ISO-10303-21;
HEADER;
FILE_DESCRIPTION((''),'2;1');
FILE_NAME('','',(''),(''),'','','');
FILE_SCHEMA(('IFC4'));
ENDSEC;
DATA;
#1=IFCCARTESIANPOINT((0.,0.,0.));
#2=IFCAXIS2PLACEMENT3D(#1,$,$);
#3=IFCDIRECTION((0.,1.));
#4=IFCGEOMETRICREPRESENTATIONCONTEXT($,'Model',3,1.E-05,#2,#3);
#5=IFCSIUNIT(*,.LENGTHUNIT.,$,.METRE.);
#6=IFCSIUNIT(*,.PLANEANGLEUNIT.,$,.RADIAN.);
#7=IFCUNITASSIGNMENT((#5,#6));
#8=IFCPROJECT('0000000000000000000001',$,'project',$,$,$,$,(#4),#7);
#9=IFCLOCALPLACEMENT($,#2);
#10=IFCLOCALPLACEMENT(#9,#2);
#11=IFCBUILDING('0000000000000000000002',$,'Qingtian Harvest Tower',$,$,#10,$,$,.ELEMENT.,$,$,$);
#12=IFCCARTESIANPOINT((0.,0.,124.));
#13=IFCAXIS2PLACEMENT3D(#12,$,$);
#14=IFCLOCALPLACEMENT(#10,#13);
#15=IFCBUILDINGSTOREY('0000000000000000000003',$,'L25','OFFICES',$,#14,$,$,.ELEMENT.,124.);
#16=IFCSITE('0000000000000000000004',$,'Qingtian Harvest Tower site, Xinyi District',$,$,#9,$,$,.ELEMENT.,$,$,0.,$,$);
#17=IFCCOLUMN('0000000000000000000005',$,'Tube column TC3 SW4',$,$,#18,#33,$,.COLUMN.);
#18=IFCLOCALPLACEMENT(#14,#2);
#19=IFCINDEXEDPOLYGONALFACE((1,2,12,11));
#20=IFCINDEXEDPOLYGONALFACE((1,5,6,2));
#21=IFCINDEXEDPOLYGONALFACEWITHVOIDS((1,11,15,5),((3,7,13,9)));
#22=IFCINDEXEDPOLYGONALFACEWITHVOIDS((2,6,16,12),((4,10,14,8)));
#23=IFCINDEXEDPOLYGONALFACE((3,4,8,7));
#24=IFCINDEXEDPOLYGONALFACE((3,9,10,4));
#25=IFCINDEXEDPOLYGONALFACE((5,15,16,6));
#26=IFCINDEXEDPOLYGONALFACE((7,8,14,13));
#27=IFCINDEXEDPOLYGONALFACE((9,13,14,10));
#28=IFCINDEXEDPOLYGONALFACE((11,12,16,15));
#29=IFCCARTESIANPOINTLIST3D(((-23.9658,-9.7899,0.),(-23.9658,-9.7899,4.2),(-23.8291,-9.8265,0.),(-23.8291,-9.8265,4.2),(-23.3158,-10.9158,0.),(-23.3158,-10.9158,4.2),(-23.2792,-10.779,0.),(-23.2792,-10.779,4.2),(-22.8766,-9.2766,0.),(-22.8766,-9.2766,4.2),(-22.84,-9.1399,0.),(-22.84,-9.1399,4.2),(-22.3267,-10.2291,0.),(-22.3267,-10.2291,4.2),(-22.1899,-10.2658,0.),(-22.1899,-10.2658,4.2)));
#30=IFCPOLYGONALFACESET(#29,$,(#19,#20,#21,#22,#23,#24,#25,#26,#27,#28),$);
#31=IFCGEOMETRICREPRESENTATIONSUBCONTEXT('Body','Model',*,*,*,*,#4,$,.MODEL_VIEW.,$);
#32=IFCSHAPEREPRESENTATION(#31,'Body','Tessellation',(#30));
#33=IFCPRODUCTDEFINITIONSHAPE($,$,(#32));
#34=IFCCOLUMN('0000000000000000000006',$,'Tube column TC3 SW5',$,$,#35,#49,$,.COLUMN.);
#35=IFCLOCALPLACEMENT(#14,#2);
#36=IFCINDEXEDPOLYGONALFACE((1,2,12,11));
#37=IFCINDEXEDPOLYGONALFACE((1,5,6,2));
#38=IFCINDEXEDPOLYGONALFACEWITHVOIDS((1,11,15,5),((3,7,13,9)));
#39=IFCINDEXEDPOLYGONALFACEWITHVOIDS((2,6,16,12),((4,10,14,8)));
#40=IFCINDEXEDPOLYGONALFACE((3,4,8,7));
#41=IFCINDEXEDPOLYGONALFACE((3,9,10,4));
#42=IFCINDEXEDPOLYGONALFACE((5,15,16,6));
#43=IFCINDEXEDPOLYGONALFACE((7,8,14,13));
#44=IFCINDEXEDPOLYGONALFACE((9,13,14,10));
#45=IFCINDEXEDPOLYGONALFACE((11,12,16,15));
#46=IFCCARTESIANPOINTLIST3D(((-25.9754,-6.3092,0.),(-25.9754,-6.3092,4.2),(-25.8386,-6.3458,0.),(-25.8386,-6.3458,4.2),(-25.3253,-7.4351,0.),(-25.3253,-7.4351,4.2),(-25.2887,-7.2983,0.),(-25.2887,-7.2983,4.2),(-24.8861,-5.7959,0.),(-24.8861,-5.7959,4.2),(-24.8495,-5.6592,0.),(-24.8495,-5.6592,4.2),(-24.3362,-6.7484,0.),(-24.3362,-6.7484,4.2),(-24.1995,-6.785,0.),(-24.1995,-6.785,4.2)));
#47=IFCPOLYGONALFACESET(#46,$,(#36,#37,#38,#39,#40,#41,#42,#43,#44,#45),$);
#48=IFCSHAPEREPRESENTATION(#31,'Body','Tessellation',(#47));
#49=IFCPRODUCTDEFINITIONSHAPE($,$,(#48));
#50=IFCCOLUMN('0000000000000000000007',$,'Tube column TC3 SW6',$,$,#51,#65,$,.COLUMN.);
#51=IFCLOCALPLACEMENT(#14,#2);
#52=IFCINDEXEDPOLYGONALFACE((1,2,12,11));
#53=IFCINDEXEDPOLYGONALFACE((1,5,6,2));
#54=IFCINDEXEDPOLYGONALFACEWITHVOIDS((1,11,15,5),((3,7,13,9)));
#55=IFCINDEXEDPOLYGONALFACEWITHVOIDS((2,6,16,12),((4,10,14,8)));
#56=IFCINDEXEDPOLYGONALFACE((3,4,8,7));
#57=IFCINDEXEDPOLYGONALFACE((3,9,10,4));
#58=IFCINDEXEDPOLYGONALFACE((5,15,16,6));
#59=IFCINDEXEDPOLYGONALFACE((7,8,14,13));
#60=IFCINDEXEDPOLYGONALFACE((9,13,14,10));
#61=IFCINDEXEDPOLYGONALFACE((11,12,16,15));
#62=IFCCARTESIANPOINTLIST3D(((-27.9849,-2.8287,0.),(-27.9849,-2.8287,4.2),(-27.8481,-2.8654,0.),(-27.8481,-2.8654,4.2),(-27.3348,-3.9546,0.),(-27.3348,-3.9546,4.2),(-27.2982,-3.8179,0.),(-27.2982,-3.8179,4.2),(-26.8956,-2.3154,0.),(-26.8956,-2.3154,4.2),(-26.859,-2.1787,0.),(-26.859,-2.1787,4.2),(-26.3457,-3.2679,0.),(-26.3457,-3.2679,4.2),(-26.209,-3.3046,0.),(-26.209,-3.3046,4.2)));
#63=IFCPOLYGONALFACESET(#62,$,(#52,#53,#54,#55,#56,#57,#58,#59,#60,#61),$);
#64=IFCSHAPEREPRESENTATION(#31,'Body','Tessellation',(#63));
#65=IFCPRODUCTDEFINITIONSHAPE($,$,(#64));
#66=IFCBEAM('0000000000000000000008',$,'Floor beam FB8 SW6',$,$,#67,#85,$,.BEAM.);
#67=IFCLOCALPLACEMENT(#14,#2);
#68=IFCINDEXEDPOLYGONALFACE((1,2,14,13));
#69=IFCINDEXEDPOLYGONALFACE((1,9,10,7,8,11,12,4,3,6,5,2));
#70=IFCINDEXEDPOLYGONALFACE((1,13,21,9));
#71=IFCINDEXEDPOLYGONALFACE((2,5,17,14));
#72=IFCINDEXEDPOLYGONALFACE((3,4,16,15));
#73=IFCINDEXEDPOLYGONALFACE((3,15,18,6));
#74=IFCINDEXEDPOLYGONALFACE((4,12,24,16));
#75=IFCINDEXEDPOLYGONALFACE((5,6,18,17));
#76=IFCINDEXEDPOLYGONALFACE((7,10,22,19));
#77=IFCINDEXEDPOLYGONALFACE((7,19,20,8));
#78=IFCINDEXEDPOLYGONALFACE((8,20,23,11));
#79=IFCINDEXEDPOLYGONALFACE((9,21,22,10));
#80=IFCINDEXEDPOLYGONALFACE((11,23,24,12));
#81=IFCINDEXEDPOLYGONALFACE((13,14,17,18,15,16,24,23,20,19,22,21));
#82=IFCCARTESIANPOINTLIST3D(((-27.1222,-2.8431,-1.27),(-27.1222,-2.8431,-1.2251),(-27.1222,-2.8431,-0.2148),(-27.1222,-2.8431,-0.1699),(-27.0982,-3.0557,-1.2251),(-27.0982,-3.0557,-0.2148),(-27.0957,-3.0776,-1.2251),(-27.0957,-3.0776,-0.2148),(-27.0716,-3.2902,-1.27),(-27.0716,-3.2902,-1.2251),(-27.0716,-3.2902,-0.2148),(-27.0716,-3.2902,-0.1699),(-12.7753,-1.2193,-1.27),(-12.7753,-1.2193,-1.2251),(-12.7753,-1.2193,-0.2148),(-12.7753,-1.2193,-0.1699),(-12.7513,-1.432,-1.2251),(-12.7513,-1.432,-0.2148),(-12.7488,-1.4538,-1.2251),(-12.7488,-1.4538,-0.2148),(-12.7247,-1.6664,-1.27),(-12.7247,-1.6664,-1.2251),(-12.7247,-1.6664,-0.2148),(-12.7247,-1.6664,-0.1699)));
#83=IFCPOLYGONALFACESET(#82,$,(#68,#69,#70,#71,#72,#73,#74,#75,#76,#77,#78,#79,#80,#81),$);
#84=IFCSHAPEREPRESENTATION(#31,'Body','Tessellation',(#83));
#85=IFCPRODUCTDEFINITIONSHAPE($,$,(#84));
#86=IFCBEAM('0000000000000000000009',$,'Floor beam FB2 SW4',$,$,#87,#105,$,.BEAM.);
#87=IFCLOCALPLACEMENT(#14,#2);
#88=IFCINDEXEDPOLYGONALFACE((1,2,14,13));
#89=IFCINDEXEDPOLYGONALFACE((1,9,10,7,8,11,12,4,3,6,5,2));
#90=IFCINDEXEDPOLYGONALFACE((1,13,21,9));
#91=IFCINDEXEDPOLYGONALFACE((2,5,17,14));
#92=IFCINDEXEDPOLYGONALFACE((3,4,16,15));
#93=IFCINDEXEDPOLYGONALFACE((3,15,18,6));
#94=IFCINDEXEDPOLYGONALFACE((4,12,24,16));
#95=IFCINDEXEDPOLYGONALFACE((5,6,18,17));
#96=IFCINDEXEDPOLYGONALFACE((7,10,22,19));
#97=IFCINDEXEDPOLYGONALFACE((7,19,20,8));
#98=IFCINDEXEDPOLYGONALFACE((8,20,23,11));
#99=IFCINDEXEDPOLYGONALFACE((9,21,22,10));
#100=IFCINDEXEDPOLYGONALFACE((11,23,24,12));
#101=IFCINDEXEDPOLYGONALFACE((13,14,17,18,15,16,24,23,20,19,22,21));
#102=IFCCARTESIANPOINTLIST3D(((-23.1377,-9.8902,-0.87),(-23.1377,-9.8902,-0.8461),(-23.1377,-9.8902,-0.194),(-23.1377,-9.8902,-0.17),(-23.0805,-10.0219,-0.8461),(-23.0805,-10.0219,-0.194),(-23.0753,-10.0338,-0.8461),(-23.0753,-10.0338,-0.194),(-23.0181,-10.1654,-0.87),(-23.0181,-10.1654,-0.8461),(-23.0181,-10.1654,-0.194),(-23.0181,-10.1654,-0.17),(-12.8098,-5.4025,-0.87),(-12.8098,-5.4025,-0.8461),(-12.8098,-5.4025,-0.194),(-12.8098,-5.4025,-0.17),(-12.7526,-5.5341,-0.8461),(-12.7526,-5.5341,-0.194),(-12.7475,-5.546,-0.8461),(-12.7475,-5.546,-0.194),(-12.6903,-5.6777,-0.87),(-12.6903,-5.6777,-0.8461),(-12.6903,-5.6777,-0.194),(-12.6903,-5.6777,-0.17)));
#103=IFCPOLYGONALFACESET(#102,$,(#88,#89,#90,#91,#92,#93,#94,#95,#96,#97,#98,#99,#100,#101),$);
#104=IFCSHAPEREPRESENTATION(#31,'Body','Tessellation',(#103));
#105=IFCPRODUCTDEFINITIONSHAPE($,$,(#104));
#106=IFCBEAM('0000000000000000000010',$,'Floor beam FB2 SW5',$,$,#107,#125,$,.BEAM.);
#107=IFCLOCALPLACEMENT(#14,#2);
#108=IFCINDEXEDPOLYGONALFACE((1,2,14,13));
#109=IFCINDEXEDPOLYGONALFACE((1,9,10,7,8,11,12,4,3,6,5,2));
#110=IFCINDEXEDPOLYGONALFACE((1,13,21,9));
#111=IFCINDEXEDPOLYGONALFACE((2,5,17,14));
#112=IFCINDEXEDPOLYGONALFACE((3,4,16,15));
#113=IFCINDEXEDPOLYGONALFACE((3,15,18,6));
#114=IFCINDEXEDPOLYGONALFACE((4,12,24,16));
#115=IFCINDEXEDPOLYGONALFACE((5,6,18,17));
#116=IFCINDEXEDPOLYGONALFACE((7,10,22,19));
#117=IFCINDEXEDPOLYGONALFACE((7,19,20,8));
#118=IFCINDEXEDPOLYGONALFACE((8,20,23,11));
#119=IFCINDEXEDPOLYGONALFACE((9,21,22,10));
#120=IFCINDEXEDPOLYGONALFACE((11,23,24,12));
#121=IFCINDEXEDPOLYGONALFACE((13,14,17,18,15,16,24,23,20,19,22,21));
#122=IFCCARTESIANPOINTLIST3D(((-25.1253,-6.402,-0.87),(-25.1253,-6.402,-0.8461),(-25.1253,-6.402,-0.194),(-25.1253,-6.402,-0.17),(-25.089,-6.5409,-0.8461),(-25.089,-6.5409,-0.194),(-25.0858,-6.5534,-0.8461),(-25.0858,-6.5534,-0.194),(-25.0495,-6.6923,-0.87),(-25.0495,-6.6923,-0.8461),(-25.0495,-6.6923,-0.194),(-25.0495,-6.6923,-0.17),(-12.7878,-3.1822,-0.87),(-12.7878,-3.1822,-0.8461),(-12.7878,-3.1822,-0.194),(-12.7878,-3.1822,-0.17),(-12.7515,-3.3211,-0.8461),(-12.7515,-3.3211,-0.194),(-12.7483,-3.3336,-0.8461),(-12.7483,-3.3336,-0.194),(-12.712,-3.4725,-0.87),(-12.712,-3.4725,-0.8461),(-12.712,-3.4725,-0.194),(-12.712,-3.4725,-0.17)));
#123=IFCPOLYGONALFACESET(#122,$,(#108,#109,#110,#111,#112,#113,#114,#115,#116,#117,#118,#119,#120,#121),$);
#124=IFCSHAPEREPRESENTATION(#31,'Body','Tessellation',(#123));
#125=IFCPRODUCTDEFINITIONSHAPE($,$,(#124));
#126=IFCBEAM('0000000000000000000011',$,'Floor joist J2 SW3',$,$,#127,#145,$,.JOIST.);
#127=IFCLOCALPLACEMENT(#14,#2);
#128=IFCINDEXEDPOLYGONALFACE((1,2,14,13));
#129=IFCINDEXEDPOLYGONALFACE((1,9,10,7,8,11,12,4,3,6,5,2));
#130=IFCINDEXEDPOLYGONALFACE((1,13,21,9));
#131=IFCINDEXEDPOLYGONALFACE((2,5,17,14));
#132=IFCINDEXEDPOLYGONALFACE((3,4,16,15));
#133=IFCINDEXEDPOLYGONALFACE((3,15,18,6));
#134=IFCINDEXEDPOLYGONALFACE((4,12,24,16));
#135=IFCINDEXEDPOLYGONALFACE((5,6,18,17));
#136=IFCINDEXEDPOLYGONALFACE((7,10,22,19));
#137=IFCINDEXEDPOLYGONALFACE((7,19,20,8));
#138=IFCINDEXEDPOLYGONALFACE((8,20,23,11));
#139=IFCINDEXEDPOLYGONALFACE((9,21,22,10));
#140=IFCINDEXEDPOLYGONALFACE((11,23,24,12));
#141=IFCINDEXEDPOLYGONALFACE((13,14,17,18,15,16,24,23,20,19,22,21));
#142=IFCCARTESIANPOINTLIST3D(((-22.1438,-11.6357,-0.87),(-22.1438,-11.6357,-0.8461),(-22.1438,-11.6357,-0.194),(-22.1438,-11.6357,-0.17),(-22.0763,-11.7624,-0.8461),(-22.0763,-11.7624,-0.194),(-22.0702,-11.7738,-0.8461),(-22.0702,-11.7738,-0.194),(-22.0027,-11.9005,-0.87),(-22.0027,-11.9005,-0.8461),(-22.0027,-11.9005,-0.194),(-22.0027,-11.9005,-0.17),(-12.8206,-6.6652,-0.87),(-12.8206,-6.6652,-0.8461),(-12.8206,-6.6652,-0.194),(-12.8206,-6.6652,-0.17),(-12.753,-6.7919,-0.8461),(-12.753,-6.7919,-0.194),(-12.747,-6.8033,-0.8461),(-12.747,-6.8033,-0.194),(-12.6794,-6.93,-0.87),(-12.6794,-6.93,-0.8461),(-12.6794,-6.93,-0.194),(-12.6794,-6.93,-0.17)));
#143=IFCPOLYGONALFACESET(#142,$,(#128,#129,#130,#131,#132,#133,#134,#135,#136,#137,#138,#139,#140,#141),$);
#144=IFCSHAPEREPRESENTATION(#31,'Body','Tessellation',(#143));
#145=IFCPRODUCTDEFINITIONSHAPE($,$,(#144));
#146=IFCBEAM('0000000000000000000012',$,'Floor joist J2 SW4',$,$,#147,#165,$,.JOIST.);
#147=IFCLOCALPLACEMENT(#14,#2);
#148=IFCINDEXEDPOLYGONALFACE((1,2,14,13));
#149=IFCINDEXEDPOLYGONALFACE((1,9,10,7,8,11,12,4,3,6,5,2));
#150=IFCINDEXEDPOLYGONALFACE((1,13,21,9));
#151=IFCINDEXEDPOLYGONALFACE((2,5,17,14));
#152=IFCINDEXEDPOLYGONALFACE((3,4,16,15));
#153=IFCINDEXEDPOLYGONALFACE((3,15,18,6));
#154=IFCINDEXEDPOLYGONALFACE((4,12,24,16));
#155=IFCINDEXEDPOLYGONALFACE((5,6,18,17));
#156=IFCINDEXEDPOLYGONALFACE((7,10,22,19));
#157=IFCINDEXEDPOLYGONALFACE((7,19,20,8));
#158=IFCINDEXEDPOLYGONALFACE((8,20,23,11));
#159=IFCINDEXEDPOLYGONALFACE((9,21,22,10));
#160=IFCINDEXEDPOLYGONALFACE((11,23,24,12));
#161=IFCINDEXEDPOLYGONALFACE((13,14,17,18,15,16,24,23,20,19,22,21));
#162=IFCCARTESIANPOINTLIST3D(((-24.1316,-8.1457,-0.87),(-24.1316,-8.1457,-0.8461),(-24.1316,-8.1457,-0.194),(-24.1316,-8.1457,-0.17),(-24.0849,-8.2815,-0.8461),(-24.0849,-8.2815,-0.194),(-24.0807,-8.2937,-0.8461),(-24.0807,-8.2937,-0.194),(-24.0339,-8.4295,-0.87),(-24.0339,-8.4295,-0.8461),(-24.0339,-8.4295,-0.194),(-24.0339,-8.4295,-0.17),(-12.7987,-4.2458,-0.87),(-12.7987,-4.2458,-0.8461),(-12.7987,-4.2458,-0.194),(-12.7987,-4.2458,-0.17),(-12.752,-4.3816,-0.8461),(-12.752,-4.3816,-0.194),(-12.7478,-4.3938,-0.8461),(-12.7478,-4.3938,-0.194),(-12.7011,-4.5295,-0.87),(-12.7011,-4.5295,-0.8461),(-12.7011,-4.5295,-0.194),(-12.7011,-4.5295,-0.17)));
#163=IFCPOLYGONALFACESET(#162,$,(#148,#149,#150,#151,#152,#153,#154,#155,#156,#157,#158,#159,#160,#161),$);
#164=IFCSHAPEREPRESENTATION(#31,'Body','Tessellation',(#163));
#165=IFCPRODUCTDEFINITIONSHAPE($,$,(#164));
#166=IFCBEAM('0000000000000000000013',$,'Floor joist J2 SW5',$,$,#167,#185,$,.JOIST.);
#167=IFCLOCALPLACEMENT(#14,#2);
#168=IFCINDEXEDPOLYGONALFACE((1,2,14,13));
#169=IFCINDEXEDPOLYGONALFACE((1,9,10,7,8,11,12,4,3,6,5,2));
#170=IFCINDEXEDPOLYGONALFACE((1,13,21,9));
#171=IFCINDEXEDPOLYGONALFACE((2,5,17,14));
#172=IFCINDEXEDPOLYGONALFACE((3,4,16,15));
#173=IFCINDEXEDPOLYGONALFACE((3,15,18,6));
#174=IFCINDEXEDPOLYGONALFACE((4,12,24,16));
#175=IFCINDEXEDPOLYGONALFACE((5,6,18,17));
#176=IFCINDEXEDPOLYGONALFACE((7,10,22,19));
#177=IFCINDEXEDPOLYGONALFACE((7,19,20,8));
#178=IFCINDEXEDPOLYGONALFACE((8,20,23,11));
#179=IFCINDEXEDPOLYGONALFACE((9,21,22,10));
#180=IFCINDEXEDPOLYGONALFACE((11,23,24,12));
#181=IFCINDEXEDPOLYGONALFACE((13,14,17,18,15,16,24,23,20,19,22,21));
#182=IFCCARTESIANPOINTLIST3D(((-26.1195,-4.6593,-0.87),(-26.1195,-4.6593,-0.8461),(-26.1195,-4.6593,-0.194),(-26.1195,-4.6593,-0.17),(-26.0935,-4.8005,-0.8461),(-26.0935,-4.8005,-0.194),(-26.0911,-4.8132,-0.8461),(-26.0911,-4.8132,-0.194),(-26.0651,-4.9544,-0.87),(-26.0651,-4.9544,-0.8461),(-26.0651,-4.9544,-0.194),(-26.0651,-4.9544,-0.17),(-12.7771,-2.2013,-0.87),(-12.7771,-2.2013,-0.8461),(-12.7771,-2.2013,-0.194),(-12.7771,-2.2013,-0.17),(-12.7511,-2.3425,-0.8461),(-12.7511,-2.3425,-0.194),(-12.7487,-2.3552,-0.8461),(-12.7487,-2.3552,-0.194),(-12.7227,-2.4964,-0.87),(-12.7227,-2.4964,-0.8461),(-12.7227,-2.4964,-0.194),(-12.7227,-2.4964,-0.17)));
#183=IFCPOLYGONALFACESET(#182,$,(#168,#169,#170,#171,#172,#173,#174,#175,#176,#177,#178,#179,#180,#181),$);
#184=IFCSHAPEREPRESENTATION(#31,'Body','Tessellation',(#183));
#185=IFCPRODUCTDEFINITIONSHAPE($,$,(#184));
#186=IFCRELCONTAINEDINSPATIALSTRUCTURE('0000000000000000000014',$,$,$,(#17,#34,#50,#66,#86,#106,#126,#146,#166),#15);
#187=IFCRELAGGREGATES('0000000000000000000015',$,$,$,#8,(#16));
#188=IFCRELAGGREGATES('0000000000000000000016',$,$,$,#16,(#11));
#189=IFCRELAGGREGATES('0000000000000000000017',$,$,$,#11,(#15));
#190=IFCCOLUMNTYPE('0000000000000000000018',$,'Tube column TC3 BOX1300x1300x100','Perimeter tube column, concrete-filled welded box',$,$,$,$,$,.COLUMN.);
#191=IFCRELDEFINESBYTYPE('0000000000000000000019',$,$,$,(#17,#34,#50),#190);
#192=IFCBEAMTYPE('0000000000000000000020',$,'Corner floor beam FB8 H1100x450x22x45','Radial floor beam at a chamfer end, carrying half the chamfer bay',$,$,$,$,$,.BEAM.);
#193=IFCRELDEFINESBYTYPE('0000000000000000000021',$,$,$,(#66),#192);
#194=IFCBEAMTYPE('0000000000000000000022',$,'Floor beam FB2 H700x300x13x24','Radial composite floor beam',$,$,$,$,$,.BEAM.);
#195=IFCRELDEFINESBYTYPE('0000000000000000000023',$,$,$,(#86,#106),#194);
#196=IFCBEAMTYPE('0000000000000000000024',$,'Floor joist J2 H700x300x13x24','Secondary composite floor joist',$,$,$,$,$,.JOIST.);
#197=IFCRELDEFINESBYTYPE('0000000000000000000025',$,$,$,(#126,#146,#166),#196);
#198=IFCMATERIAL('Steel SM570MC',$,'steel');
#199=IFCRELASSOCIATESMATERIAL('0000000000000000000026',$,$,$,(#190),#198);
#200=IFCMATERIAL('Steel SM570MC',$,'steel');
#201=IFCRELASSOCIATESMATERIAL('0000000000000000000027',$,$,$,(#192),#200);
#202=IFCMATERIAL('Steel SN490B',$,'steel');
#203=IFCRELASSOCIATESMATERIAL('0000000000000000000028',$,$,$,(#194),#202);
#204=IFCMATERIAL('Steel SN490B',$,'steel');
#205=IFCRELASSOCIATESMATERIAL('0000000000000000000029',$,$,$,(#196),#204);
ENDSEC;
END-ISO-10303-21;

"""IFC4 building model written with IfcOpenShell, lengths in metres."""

from ifc_helpers import new_model, si_unit, direction, frame, origin, origin_2d, place, context, subcontext, project, spatial, hollow_rectangle, i_section, extrude, material, material_profile, profile_set, type_object, element, save


model = new_model("IFC4")

# Units and contexts
model_context = context("Model", 3, precision=1e-05, world=origin(), true_north=direction((0.0, 1.0)))
body_context = subcontext(model_context, "Body", "Model", "MODEL_VIEW")
ifc_project = project(units=[si_unit("LENGTHUNIT", "METRE"), si_unit("PLANEANGLEUNIT", "RADIAN")], contexts=[model_context])

# Site, building, storey
site_placement = place(None, origin())
site = spatial("IfcSite", under=ifc_project, at=site_placement, Name="Qingtian Harvest Tower site, Xinyi District", CompositionType="ELEMENT", RefElevation=0.0)
building_placement = place(site_placement, origin())
building = spatial("IfcBuilding", under=site, at=building_placement, Name="Qingtian Harvest Tower", CompositionType="ELEMENT")
storey_placement = place(building_placement, frame((0.0, 0.0, 124.0)))
storey = spatial("IfcBuildingStorey", under=building, at=storey_placement, Name="L25", Description="OFFICES", CompositionType="ELEMENT", Elevation=124.0)

# Columns
ifc_material_1 = material(Name="Steel SM570MC", Category="steel")
ifc_material_profile_1 = material_profile(ifc_material_1, hollow_rectangle(XDim=1.3, YDim=1.3, WallThickness=0.1001, at=origin_2d()), Name="BOX1300x1300x100")
ifc_profile_set_1 = profile_set([ifc_material_profile_1], Name="Steel SM570MC")
column_type = type_object("IfcColumnType", Name="Tube column TC3 BOX1300x1300x100", Description="Perimeter tube column, concrete-filled welded box", PredefinedType="COLUMN", material=ifc_profile_set_1)
for number, where, z_axis, x_axis, name in (
    (1, (-23.0779, -10.0278, 0.0), (0.0, 0.0, 1.0), (0.5, -0.866025, 0.0), "Tube column TC3 SW4"),
    (2, (-25.0874, -6.5471, 0.0), (0.0, 0.0, 1.0), (0.5, -0.866025, 0.0), "Tube column TC3 SW5"),
    (3, (-27.0969, -3.0667, 0.0), (0.0, 0.0, 1.0), (0.5, -0.866025, 0.0), "Tube column TC3 SW6"),
):
    element("IfcColumn", number, at=place(storey_placement, frame(where, z_axis=z_axis, x_axis=x_axis)), inside=storey, type_object=column_type, Name=name, PredefinedType="COLUMN", context=body_context, shape_type="SweptSolid", body=[
        extrude(hollow_rectangle(XDim=1.3, YDim=1.3, WallThickness=0.1001, at=origin_2d()), origin(), (0.0, 0.0, 1.0), 4.2),
    ])

# Beams
ifc_material_2 = material(Name="Steel SM570MC", Category="steel")
ifc_material_profile_2 = material_profile(ifc_material_2, i_section(OverallWidth=0.45, OverallDepth=1.1001, WebThickness=0.022, FlangeThickness=0.0449, at=origin_2d()), Name="H1100x450x22x45")
ifc_profile_set_2 = profile_set([ifc_material_profile_2], Name="Steel SM570MC")
beam_type_1 = type_object("IfcBeamType", Name="Corner floor beam FB8 H1100x450x22x45", Description="Radial floor beam at a chamfer end, carrying half the chamfer bay", PredefinedType="BEAM", material=ifc_profile_set_2)
beam_1_placement = place(storey_placement, frame((-27.0969, -3.0667, -0.72), z_axis=(0.993656, 0.112462, 0.0), x_axis=(-0.112462, 0.993656, 0.0)))
element("IfcBeam", 4, at=beam_1_placement, inside=storey, type_object=beam_type_1, Name="Floor beam FB8 SW6", PredefinedType="BEAM", context=body_context, shape_type="SweptSolid", body=[
    extrude(i_section(OverallWidth=0.45, OverallDepth=1.1001, WebThickness=0.022, FlangeThickness=0.0449, at=origin_2d()), origin(), (0.0, 0.0, 1.0), 14.4385),
])
ifc_material_3 = material(Name="Steel SN490B", Category="steel")
ifc_material_profile_3 = material_profile(ifc_material_3, i_section(OverallWidth=0.3, OverallDepth=0.7, WebThickness=0.0129, FlangeThickness=0.0239, at=origin_2d()), Name="H700x300x13x24")
ifc_profile_set_3 = profile_set([ifc_material_profile_3], Name="Steel SN490B")
beam_type_2 = type_object("IfcBeamType", Name="Floor beam FB2 H700x300x13x24", Description="Radial composite floor beam", PredefinedType="BEAM", material=ifc_profile_set_3)
beam_2_placement = place(storey_placement, frame((-23.0779, -10.0278, -0.52), z_axis=(0.917154, 0.398533, 0.0), x_axis=(-0.398533, 0.917154, 0.0)))
element("IfcBeam", 5, at=beam_2_placement, inside=storey, type_object=beam_type_2, Name="Floor beam FB2 SW4", PredefinedType="BEAM", context=body_context, shape_type="SweptSolid", body=[
    extrude(i_section(OverallWidth=0.3, OverallDepth=0.7, WebThickness=0.0129, FlangeThickness=0.0239, at=origin_2d()), origin(), (0.0, 0.0, 1.0), 11.2607),
])
beam_3_placement = place(storey_placement, frame((-25.0874, -6.5471, -0.52), z_axis=(0.967593, 0.252515, 0.0), x_axis=(-0.252515, 0.967593, 0.0)))
element("IfcBeam", 6, at=beam_3_placement, inside=storey, type_object=beam_type_2, Name="Floor beam FB2 SW5", PredefinedType="BEAM", context=body_context, shape_type="SweptSolid", body=[
    extrude(i_section(OverallWidth=0.3, OverallDepth=0.7, WebThickness=0.0129, FlangeThickness=0.0239, at=origin_2d()), origin(), (0.0, 0.0, 1.0), 12.7507),
])
ifc_material_4 = material(Name="Steel SN490B", Category="steel")
ifc_material_profile_4 = material_profile(ifc_material_4, i_section(OverallWidth=0.3, OverallDepth=0.7, WebThickness=0.0129, FlangeThickness=0.0239, at=origin_2d()), Name="H700x300x13x24")
ifc_profile_set_4 = profile_set([ifc_material_profile_4], Name="Steel SN490B")
beam_type_3 = type_object("IfcBeamType", Name="Floor joist J2 H700x300x13x24", Description="Secondary composite floor joist", PredefinedType="JOIST", material=ifc_profile_set_4)
beam_4_placement = place(storey_placement, frame((-22.0732, -11.7681, -0.52), z_axis=(0.882429, 0.470446, 0.0), x_axis=(-0.470446, 0.882429, 0.0)))
element("IfcBeam", 7, at=beam_4_placement, inside=storey, type_object=beam_type_3, Name="Floor joist J2 SW3", PredefinedType="JOIST", context=body_context, shape_type="SweptSolid", body=[
    extrude(i_section(OverallWidth=0.3, OverallDepth=0.7, WebThickness=0.0129, FlangeThickness=0.0239, at=origin_2d()), origin(), (0.0, 0.0, 1.0), 10.5654),
])
beam_5_placement = place(storey_placement, frame((-24.0828, -8.2876, -0.52), z_axis=(0.945577, 0.325398, 0.0), x_axis=(-0.325398, 0.945577, 0.0)))
element("IfcBeam", 8, at=beam_5_placement, inside=storey, type_object=beam_type_3, Name="Floor joist J2 SW4", PredefinedType="JOIST", context=body_context, shape_type="SweptSolid", body=[
    extrude(i_section(OverallWidth=0.3, OverallDepth=0.7, WebThickness=0.0129, FlangeThickness=0.0239, at=origin_2d()), origin(), (0.0, 0.0, 1.0), 11.9851),
])
beam_6_placement = place(storey_placement, frame((-26.0923, -4.8069, -0.52), z_axis=(0.98345, 0.181178, 0.0), x_axis=(-0.181178, 0.98345, 0.0)))
element("IfcBeam", 9, at=beam_6_placement, inside=storey, type_object=beam_type_3, Name="Floor joist J2 SW5", PredefinedType="JOIST", context=body_context, shape_type="SweptSolid", body=[
    extrude(i_section(OverallWidth=0.3, OverallDepth=0.7, WebThickness=0.0129, FlangeThickness=0.0239, at=origin_2d()), origin(), (0.0, 0.0, 1.0), 13.5669),
])

save(model, "model.ifc")
